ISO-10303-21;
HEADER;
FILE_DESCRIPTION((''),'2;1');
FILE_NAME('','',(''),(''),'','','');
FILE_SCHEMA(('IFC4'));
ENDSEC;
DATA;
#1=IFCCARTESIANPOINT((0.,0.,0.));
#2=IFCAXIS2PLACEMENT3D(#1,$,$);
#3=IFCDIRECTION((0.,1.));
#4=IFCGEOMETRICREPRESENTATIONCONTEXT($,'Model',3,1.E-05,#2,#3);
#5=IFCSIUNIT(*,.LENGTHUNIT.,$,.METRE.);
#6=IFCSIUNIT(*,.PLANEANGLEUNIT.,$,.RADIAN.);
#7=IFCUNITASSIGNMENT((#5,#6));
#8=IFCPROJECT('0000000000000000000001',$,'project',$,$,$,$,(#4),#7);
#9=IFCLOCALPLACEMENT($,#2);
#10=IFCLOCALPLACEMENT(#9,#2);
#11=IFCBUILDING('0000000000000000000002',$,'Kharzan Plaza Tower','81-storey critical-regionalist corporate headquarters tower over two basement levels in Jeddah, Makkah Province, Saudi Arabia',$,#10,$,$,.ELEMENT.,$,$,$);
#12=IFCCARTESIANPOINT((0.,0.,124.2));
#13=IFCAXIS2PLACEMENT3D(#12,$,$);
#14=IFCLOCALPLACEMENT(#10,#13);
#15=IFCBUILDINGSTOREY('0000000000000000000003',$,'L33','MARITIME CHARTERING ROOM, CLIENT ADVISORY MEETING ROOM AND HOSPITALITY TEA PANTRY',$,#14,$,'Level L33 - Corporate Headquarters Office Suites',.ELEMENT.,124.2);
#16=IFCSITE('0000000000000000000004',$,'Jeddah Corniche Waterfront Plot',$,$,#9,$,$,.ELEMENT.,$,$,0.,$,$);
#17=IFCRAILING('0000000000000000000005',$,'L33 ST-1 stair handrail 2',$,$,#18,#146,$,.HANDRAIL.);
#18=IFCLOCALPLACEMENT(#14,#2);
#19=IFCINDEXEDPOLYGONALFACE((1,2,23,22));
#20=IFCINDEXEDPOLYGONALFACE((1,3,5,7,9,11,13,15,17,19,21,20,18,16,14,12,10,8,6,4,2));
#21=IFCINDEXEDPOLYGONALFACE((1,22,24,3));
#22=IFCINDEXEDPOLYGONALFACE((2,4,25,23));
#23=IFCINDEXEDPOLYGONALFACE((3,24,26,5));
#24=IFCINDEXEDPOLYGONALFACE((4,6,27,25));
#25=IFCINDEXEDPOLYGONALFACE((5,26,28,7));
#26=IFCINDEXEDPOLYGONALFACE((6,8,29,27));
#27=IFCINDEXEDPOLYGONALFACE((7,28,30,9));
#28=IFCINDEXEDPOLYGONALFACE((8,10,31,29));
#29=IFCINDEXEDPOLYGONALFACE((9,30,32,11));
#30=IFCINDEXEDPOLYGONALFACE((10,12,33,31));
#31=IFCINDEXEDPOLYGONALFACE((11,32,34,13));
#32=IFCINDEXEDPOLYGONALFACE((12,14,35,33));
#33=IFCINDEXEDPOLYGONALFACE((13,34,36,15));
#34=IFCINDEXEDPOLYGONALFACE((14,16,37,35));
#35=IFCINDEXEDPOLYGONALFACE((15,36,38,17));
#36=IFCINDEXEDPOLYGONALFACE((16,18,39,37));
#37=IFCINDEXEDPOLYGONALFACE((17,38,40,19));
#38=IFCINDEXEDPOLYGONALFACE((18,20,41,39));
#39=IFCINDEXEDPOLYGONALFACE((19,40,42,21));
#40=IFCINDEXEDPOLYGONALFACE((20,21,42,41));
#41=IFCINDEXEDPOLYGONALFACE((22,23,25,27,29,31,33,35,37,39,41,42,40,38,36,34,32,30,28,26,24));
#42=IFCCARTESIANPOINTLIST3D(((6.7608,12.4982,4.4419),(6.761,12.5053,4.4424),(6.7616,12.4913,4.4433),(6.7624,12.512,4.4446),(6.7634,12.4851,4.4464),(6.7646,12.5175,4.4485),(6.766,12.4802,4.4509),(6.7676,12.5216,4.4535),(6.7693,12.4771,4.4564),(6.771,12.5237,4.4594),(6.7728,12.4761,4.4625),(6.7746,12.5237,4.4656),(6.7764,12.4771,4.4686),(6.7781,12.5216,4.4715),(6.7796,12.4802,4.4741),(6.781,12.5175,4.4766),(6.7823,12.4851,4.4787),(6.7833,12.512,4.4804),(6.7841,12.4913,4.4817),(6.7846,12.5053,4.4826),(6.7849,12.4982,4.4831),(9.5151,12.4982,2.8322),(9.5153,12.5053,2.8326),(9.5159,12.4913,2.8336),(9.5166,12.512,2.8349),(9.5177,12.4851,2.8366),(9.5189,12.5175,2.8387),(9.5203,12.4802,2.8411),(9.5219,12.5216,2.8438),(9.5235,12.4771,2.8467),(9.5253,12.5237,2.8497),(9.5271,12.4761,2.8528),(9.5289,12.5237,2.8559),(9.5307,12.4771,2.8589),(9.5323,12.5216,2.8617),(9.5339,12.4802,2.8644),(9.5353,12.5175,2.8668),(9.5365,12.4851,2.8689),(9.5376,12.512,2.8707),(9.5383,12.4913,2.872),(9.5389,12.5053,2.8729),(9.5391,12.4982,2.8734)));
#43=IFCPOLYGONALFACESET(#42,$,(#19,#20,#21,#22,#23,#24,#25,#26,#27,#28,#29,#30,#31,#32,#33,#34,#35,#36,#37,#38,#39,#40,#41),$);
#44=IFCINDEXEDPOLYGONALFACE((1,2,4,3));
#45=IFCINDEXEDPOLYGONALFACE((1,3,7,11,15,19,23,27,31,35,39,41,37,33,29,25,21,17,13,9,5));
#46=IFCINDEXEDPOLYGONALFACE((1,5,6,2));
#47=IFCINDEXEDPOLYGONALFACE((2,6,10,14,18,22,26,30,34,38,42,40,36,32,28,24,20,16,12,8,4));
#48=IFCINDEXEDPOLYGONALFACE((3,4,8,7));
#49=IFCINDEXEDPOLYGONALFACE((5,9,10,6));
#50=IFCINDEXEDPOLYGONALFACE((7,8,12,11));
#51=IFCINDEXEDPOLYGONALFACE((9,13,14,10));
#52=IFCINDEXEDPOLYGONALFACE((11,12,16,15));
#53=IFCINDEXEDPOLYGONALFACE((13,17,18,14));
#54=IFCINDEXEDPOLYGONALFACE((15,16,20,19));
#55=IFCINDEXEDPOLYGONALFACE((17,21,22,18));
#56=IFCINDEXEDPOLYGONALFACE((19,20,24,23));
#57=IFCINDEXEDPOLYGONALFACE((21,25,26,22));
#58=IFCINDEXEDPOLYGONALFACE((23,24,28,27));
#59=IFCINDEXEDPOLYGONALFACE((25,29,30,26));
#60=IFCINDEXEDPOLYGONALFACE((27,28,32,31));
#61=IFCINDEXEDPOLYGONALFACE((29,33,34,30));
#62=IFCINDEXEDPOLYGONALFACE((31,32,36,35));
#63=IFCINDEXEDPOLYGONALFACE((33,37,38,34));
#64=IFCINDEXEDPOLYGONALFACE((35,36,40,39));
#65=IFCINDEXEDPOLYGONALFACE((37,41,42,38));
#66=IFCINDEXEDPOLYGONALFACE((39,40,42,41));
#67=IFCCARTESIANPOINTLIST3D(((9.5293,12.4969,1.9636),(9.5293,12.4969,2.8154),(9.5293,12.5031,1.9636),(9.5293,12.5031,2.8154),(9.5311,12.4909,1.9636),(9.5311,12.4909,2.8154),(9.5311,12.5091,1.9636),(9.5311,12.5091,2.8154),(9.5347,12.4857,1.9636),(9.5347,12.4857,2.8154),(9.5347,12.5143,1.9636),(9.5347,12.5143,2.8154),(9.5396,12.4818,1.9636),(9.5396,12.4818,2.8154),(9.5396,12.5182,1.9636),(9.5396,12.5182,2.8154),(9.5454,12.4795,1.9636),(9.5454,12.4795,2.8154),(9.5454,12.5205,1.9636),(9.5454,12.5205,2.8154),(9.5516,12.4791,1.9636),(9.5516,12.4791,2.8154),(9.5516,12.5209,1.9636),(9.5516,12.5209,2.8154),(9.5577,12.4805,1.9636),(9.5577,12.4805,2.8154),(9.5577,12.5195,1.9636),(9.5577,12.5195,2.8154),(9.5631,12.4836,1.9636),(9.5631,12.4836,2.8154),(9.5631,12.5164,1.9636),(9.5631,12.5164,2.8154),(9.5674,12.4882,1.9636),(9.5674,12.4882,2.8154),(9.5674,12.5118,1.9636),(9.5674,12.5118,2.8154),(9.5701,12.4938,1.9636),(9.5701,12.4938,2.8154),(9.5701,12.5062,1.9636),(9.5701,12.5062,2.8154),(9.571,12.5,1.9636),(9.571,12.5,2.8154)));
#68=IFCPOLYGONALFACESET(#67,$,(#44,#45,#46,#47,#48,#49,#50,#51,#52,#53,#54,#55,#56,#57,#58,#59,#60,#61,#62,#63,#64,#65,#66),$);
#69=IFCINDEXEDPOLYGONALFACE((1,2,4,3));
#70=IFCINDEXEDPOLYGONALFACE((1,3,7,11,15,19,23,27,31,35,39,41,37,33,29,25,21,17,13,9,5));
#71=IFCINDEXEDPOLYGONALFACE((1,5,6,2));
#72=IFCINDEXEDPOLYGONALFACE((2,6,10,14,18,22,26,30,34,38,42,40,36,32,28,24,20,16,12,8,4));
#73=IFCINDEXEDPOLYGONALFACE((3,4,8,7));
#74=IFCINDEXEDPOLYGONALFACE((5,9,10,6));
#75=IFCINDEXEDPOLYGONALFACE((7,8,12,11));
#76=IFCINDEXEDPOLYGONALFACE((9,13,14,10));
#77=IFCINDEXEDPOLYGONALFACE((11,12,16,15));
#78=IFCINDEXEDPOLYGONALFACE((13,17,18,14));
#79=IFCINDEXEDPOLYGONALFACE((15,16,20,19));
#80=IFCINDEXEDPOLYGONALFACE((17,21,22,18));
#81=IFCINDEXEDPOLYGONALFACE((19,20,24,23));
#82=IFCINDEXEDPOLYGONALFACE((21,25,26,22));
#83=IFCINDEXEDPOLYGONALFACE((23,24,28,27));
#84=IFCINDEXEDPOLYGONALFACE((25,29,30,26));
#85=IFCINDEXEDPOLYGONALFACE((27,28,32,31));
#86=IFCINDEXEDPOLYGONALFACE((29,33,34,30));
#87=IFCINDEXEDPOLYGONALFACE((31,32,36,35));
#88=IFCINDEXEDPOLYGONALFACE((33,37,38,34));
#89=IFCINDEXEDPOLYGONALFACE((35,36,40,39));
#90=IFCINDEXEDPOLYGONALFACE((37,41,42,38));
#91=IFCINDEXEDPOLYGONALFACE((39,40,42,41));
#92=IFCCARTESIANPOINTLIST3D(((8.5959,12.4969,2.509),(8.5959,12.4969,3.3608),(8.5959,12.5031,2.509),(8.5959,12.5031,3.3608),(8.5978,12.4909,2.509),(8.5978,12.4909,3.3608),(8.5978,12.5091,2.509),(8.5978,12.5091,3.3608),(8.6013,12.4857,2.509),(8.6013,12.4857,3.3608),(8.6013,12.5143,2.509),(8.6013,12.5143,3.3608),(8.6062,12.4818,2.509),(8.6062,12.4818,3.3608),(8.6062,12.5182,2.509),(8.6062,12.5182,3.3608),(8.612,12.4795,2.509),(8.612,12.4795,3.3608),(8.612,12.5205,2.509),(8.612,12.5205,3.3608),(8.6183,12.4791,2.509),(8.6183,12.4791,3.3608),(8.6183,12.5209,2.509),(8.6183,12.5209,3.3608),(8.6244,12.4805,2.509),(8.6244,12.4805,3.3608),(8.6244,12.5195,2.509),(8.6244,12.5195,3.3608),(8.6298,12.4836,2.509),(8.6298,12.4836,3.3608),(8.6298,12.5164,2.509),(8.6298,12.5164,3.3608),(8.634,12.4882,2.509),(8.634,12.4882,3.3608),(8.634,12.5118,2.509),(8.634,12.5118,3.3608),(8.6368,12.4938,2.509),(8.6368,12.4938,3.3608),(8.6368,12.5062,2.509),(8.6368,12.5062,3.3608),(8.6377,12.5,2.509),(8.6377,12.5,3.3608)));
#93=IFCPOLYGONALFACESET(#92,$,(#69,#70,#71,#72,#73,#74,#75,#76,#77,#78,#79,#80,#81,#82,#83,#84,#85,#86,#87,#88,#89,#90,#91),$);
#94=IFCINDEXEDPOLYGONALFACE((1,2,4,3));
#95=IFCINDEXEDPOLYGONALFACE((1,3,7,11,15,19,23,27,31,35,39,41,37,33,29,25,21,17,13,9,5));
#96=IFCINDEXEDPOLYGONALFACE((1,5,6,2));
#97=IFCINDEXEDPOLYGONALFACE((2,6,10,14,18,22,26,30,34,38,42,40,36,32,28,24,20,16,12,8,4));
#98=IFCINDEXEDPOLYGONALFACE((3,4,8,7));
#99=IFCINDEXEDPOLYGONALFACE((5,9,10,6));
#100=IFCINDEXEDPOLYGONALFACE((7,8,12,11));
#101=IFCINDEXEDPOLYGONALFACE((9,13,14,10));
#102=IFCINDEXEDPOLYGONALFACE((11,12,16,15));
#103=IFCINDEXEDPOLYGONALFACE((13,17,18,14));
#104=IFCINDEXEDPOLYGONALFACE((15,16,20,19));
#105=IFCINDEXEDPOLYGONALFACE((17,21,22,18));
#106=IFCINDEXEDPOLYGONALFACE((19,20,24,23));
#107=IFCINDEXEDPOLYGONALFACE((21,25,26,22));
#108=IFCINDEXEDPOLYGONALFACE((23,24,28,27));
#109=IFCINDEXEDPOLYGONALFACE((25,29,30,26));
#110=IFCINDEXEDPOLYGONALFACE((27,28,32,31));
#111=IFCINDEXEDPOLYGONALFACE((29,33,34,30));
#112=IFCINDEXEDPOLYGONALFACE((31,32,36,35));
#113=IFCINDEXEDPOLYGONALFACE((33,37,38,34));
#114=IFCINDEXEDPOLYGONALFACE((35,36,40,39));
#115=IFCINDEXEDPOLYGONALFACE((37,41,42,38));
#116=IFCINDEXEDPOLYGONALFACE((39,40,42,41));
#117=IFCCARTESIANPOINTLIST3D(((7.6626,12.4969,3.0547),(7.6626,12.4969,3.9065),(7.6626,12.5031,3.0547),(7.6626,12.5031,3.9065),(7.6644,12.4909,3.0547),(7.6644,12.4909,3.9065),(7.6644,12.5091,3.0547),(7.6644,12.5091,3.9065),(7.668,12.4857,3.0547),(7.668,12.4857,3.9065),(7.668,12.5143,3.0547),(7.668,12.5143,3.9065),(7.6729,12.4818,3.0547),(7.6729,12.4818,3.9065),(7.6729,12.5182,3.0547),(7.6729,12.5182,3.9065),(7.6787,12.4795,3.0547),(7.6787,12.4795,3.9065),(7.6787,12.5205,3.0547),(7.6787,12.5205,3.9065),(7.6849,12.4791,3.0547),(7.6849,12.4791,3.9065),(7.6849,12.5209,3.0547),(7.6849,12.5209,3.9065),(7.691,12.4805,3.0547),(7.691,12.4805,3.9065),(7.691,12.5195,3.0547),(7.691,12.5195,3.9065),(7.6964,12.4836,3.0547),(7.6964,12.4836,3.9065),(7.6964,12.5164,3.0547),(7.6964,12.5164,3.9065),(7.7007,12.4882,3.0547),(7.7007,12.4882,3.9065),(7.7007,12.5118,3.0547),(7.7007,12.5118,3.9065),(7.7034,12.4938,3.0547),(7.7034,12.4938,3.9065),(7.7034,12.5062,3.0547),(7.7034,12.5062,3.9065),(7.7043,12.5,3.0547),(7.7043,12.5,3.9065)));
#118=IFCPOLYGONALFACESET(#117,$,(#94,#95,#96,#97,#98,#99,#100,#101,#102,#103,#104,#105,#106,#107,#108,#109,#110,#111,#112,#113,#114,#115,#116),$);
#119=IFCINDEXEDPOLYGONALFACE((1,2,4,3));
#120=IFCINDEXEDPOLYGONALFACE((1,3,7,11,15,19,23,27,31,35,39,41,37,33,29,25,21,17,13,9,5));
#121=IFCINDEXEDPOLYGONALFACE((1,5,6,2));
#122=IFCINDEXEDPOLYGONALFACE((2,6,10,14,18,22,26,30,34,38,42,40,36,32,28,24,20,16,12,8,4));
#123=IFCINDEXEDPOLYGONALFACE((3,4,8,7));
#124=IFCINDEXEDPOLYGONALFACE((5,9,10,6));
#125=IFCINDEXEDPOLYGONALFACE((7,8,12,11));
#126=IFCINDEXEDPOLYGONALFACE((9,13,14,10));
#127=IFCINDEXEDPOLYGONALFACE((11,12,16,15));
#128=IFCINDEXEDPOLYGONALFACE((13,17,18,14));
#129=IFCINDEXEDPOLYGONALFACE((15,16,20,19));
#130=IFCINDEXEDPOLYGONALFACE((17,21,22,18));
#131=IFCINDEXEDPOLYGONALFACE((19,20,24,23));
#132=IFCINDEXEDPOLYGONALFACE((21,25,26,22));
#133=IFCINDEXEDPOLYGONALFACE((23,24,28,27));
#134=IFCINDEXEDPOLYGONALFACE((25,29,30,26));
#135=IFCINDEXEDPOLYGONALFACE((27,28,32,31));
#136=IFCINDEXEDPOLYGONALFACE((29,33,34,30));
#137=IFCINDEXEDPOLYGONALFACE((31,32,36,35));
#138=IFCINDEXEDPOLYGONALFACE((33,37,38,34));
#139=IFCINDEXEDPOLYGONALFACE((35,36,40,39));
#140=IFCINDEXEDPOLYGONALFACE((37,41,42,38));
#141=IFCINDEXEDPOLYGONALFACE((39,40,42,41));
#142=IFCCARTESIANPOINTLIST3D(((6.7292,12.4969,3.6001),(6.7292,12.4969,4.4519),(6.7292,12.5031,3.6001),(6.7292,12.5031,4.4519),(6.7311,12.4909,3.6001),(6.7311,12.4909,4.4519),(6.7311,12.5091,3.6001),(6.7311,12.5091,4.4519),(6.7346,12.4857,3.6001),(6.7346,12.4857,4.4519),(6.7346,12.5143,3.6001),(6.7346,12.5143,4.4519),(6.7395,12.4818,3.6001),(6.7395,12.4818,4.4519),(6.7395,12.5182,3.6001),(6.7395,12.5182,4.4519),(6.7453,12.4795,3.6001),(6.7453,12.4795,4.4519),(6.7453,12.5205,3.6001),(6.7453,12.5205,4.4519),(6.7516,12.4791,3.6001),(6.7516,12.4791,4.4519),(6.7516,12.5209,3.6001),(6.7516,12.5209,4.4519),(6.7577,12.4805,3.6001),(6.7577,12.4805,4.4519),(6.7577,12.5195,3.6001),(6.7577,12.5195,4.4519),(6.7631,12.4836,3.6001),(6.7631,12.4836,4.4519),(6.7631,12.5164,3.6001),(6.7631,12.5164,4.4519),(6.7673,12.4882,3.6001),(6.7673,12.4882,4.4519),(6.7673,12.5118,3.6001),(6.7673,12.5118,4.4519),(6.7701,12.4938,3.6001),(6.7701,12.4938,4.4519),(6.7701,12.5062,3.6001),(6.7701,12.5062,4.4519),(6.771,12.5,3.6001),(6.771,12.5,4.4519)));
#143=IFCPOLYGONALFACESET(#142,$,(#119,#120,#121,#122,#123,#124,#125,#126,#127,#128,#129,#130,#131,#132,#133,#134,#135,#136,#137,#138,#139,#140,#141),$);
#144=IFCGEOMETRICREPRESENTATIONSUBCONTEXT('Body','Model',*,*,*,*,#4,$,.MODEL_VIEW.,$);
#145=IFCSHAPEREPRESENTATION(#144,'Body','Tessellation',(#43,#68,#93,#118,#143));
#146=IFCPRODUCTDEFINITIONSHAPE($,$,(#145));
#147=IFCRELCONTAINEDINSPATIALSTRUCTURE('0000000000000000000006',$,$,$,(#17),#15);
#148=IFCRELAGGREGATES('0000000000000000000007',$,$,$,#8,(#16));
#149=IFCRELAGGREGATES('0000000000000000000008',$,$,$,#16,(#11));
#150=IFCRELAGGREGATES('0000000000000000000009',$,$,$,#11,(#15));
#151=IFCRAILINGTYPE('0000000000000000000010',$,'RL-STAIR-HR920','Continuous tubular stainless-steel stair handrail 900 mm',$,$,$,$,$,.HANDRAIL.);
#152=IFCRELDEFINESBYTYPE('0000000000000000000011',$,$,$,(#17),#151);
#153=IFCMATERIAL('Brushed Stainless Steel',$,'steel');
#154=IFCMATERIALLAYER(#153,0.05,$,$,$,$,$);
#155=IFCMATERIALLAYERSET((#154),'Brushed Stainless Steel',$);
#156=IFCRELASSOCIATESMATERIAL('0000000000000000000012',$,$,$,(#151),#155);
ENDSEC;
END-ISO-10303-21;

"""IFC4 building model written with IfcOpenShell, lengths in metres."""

from ifc_helpers import new_model, si_unit, direction, frame, origin, origin_2d, place, context, subcontext, project, spatial, circle, extrude, source, transform, mapped, material, layer, layer_set, type_object, element, save


model = new_model("IFC4")

# Units and contexts
model_context = context("Model", 3, precision=1e-05, world=origin(), true_north=direction((0.0, 1.0)))
body_context = subcontext(model_context, "Body", "Model", "MODEL_VIEW")
ifc_project = project(units=[si_unit("LENGTHUNIT", "METRE"), si_unit("PLANEANGLEUNIT", "RADIAN")], contexts=[model_context])

# Site, building, storey
site_placement = place(None, origin())
site = spatial("IfcSite", under=ifc_project, at=site_placement, Name="Jeddah Corniche Waterfront Plot", CompositionType="ELEMENT", RefElevation=0.0)
building_placement = place(site_placement, origin())
building = spatial("IfcBuilding", under=site, at=building_placement, Name="Kharzan Plaza Tower", Description="81-storey critical-regionalist corporate headquarters tower over two basement levels in Jeddah, Makkah Province, Saudi Arabia", CompositionType="ELEMENT")
storey_placement = place(building_placement, frame((0.0, 0.0, 124.2)))
storey = spatial("IfcBuildingStorey", under=building, at=storey_placement, Name="L33", Description="MARITIME CHARTERING ROOM, CLIENT ADVISORY MEETING ROOM AND HOSPITALITY TEA PANTRY", LongName="Level L33 - Corporate Headquarters Office Suites", CompositionType="ELEMENT", Elevation=124.2)

# Shared definitions
ifc_material_1 = material(Name="Brushed Stainless Steel", Category="steel")

# Railing
ifc_layer_1 = layer(ifc_material_1, 0.05)
ifc_layer_set_1 = layer_set([ifc_layer_1], Name="Brushed Stainless Steel")
railing_type_1 = type_object("IfcRailingType", Name="RL-STAIR-HR920", Description="Continuous tubular stainless-steel stair handrail 900 mm", PredefinedType="HANDRAIL", material=ifc_layer_set_1)
shared_shape_1 = source(origin(), body_context, "Body", "SweptSolid", [
    extrude(circle(Radius=0.0239, at=origin_2d()), frame((-0.0229, 0.0, 0.8892), z_axis=(-0.863361, 0.0, 0.504587), x_axis=(0.0, -1.0, 0.0)), (0.0, 0.0, 1.0), 3.1902),
    extrude(circle(Radius=0.021, at=origin_2d()), origin(), (0.0, 0.0, 1.0), 0.8518),
    extrude(circle(Radius=0.021, at=origin_2d()), frame((-0.9333, 0.0, 0.5454)), (0.0, 0.0, 1.0), 0.8518),
    extrude(circle(Radius=0.021, at=origin_2d()), frame((-1.8667, 0.0, 1.0911)), (0.0, 0.0, 1.0), 0.8518),
    extrude(circle(Radius=0.021, at=origin_2d()), frame((-2.8, 0.0, 1.6365)), (0.0, 0.0, 1.0), 0.8518),
])
railing_1_placement = place(storey_placement, frame((9.55, 12.5, 1.9636)))
element("IfcRailing", 1, at=railing_1_placement, inside=storey, type_object=railing_type_1, Name="L33 ST-1 stair handrail 2", PredefinedType="HANDRAIL", context=body_context, shape_type="MappedRepresentation", body=[
    mapped(shared_shape_1, transform((0.0, 0.0, 0.0), x_axis=(1.0, 0.0, 0.0), y_axis=(0.0, 1.0, 0.0), z_axis=(0.0, 0.0, 1.0))),
])

save(model, "model.ifc")
